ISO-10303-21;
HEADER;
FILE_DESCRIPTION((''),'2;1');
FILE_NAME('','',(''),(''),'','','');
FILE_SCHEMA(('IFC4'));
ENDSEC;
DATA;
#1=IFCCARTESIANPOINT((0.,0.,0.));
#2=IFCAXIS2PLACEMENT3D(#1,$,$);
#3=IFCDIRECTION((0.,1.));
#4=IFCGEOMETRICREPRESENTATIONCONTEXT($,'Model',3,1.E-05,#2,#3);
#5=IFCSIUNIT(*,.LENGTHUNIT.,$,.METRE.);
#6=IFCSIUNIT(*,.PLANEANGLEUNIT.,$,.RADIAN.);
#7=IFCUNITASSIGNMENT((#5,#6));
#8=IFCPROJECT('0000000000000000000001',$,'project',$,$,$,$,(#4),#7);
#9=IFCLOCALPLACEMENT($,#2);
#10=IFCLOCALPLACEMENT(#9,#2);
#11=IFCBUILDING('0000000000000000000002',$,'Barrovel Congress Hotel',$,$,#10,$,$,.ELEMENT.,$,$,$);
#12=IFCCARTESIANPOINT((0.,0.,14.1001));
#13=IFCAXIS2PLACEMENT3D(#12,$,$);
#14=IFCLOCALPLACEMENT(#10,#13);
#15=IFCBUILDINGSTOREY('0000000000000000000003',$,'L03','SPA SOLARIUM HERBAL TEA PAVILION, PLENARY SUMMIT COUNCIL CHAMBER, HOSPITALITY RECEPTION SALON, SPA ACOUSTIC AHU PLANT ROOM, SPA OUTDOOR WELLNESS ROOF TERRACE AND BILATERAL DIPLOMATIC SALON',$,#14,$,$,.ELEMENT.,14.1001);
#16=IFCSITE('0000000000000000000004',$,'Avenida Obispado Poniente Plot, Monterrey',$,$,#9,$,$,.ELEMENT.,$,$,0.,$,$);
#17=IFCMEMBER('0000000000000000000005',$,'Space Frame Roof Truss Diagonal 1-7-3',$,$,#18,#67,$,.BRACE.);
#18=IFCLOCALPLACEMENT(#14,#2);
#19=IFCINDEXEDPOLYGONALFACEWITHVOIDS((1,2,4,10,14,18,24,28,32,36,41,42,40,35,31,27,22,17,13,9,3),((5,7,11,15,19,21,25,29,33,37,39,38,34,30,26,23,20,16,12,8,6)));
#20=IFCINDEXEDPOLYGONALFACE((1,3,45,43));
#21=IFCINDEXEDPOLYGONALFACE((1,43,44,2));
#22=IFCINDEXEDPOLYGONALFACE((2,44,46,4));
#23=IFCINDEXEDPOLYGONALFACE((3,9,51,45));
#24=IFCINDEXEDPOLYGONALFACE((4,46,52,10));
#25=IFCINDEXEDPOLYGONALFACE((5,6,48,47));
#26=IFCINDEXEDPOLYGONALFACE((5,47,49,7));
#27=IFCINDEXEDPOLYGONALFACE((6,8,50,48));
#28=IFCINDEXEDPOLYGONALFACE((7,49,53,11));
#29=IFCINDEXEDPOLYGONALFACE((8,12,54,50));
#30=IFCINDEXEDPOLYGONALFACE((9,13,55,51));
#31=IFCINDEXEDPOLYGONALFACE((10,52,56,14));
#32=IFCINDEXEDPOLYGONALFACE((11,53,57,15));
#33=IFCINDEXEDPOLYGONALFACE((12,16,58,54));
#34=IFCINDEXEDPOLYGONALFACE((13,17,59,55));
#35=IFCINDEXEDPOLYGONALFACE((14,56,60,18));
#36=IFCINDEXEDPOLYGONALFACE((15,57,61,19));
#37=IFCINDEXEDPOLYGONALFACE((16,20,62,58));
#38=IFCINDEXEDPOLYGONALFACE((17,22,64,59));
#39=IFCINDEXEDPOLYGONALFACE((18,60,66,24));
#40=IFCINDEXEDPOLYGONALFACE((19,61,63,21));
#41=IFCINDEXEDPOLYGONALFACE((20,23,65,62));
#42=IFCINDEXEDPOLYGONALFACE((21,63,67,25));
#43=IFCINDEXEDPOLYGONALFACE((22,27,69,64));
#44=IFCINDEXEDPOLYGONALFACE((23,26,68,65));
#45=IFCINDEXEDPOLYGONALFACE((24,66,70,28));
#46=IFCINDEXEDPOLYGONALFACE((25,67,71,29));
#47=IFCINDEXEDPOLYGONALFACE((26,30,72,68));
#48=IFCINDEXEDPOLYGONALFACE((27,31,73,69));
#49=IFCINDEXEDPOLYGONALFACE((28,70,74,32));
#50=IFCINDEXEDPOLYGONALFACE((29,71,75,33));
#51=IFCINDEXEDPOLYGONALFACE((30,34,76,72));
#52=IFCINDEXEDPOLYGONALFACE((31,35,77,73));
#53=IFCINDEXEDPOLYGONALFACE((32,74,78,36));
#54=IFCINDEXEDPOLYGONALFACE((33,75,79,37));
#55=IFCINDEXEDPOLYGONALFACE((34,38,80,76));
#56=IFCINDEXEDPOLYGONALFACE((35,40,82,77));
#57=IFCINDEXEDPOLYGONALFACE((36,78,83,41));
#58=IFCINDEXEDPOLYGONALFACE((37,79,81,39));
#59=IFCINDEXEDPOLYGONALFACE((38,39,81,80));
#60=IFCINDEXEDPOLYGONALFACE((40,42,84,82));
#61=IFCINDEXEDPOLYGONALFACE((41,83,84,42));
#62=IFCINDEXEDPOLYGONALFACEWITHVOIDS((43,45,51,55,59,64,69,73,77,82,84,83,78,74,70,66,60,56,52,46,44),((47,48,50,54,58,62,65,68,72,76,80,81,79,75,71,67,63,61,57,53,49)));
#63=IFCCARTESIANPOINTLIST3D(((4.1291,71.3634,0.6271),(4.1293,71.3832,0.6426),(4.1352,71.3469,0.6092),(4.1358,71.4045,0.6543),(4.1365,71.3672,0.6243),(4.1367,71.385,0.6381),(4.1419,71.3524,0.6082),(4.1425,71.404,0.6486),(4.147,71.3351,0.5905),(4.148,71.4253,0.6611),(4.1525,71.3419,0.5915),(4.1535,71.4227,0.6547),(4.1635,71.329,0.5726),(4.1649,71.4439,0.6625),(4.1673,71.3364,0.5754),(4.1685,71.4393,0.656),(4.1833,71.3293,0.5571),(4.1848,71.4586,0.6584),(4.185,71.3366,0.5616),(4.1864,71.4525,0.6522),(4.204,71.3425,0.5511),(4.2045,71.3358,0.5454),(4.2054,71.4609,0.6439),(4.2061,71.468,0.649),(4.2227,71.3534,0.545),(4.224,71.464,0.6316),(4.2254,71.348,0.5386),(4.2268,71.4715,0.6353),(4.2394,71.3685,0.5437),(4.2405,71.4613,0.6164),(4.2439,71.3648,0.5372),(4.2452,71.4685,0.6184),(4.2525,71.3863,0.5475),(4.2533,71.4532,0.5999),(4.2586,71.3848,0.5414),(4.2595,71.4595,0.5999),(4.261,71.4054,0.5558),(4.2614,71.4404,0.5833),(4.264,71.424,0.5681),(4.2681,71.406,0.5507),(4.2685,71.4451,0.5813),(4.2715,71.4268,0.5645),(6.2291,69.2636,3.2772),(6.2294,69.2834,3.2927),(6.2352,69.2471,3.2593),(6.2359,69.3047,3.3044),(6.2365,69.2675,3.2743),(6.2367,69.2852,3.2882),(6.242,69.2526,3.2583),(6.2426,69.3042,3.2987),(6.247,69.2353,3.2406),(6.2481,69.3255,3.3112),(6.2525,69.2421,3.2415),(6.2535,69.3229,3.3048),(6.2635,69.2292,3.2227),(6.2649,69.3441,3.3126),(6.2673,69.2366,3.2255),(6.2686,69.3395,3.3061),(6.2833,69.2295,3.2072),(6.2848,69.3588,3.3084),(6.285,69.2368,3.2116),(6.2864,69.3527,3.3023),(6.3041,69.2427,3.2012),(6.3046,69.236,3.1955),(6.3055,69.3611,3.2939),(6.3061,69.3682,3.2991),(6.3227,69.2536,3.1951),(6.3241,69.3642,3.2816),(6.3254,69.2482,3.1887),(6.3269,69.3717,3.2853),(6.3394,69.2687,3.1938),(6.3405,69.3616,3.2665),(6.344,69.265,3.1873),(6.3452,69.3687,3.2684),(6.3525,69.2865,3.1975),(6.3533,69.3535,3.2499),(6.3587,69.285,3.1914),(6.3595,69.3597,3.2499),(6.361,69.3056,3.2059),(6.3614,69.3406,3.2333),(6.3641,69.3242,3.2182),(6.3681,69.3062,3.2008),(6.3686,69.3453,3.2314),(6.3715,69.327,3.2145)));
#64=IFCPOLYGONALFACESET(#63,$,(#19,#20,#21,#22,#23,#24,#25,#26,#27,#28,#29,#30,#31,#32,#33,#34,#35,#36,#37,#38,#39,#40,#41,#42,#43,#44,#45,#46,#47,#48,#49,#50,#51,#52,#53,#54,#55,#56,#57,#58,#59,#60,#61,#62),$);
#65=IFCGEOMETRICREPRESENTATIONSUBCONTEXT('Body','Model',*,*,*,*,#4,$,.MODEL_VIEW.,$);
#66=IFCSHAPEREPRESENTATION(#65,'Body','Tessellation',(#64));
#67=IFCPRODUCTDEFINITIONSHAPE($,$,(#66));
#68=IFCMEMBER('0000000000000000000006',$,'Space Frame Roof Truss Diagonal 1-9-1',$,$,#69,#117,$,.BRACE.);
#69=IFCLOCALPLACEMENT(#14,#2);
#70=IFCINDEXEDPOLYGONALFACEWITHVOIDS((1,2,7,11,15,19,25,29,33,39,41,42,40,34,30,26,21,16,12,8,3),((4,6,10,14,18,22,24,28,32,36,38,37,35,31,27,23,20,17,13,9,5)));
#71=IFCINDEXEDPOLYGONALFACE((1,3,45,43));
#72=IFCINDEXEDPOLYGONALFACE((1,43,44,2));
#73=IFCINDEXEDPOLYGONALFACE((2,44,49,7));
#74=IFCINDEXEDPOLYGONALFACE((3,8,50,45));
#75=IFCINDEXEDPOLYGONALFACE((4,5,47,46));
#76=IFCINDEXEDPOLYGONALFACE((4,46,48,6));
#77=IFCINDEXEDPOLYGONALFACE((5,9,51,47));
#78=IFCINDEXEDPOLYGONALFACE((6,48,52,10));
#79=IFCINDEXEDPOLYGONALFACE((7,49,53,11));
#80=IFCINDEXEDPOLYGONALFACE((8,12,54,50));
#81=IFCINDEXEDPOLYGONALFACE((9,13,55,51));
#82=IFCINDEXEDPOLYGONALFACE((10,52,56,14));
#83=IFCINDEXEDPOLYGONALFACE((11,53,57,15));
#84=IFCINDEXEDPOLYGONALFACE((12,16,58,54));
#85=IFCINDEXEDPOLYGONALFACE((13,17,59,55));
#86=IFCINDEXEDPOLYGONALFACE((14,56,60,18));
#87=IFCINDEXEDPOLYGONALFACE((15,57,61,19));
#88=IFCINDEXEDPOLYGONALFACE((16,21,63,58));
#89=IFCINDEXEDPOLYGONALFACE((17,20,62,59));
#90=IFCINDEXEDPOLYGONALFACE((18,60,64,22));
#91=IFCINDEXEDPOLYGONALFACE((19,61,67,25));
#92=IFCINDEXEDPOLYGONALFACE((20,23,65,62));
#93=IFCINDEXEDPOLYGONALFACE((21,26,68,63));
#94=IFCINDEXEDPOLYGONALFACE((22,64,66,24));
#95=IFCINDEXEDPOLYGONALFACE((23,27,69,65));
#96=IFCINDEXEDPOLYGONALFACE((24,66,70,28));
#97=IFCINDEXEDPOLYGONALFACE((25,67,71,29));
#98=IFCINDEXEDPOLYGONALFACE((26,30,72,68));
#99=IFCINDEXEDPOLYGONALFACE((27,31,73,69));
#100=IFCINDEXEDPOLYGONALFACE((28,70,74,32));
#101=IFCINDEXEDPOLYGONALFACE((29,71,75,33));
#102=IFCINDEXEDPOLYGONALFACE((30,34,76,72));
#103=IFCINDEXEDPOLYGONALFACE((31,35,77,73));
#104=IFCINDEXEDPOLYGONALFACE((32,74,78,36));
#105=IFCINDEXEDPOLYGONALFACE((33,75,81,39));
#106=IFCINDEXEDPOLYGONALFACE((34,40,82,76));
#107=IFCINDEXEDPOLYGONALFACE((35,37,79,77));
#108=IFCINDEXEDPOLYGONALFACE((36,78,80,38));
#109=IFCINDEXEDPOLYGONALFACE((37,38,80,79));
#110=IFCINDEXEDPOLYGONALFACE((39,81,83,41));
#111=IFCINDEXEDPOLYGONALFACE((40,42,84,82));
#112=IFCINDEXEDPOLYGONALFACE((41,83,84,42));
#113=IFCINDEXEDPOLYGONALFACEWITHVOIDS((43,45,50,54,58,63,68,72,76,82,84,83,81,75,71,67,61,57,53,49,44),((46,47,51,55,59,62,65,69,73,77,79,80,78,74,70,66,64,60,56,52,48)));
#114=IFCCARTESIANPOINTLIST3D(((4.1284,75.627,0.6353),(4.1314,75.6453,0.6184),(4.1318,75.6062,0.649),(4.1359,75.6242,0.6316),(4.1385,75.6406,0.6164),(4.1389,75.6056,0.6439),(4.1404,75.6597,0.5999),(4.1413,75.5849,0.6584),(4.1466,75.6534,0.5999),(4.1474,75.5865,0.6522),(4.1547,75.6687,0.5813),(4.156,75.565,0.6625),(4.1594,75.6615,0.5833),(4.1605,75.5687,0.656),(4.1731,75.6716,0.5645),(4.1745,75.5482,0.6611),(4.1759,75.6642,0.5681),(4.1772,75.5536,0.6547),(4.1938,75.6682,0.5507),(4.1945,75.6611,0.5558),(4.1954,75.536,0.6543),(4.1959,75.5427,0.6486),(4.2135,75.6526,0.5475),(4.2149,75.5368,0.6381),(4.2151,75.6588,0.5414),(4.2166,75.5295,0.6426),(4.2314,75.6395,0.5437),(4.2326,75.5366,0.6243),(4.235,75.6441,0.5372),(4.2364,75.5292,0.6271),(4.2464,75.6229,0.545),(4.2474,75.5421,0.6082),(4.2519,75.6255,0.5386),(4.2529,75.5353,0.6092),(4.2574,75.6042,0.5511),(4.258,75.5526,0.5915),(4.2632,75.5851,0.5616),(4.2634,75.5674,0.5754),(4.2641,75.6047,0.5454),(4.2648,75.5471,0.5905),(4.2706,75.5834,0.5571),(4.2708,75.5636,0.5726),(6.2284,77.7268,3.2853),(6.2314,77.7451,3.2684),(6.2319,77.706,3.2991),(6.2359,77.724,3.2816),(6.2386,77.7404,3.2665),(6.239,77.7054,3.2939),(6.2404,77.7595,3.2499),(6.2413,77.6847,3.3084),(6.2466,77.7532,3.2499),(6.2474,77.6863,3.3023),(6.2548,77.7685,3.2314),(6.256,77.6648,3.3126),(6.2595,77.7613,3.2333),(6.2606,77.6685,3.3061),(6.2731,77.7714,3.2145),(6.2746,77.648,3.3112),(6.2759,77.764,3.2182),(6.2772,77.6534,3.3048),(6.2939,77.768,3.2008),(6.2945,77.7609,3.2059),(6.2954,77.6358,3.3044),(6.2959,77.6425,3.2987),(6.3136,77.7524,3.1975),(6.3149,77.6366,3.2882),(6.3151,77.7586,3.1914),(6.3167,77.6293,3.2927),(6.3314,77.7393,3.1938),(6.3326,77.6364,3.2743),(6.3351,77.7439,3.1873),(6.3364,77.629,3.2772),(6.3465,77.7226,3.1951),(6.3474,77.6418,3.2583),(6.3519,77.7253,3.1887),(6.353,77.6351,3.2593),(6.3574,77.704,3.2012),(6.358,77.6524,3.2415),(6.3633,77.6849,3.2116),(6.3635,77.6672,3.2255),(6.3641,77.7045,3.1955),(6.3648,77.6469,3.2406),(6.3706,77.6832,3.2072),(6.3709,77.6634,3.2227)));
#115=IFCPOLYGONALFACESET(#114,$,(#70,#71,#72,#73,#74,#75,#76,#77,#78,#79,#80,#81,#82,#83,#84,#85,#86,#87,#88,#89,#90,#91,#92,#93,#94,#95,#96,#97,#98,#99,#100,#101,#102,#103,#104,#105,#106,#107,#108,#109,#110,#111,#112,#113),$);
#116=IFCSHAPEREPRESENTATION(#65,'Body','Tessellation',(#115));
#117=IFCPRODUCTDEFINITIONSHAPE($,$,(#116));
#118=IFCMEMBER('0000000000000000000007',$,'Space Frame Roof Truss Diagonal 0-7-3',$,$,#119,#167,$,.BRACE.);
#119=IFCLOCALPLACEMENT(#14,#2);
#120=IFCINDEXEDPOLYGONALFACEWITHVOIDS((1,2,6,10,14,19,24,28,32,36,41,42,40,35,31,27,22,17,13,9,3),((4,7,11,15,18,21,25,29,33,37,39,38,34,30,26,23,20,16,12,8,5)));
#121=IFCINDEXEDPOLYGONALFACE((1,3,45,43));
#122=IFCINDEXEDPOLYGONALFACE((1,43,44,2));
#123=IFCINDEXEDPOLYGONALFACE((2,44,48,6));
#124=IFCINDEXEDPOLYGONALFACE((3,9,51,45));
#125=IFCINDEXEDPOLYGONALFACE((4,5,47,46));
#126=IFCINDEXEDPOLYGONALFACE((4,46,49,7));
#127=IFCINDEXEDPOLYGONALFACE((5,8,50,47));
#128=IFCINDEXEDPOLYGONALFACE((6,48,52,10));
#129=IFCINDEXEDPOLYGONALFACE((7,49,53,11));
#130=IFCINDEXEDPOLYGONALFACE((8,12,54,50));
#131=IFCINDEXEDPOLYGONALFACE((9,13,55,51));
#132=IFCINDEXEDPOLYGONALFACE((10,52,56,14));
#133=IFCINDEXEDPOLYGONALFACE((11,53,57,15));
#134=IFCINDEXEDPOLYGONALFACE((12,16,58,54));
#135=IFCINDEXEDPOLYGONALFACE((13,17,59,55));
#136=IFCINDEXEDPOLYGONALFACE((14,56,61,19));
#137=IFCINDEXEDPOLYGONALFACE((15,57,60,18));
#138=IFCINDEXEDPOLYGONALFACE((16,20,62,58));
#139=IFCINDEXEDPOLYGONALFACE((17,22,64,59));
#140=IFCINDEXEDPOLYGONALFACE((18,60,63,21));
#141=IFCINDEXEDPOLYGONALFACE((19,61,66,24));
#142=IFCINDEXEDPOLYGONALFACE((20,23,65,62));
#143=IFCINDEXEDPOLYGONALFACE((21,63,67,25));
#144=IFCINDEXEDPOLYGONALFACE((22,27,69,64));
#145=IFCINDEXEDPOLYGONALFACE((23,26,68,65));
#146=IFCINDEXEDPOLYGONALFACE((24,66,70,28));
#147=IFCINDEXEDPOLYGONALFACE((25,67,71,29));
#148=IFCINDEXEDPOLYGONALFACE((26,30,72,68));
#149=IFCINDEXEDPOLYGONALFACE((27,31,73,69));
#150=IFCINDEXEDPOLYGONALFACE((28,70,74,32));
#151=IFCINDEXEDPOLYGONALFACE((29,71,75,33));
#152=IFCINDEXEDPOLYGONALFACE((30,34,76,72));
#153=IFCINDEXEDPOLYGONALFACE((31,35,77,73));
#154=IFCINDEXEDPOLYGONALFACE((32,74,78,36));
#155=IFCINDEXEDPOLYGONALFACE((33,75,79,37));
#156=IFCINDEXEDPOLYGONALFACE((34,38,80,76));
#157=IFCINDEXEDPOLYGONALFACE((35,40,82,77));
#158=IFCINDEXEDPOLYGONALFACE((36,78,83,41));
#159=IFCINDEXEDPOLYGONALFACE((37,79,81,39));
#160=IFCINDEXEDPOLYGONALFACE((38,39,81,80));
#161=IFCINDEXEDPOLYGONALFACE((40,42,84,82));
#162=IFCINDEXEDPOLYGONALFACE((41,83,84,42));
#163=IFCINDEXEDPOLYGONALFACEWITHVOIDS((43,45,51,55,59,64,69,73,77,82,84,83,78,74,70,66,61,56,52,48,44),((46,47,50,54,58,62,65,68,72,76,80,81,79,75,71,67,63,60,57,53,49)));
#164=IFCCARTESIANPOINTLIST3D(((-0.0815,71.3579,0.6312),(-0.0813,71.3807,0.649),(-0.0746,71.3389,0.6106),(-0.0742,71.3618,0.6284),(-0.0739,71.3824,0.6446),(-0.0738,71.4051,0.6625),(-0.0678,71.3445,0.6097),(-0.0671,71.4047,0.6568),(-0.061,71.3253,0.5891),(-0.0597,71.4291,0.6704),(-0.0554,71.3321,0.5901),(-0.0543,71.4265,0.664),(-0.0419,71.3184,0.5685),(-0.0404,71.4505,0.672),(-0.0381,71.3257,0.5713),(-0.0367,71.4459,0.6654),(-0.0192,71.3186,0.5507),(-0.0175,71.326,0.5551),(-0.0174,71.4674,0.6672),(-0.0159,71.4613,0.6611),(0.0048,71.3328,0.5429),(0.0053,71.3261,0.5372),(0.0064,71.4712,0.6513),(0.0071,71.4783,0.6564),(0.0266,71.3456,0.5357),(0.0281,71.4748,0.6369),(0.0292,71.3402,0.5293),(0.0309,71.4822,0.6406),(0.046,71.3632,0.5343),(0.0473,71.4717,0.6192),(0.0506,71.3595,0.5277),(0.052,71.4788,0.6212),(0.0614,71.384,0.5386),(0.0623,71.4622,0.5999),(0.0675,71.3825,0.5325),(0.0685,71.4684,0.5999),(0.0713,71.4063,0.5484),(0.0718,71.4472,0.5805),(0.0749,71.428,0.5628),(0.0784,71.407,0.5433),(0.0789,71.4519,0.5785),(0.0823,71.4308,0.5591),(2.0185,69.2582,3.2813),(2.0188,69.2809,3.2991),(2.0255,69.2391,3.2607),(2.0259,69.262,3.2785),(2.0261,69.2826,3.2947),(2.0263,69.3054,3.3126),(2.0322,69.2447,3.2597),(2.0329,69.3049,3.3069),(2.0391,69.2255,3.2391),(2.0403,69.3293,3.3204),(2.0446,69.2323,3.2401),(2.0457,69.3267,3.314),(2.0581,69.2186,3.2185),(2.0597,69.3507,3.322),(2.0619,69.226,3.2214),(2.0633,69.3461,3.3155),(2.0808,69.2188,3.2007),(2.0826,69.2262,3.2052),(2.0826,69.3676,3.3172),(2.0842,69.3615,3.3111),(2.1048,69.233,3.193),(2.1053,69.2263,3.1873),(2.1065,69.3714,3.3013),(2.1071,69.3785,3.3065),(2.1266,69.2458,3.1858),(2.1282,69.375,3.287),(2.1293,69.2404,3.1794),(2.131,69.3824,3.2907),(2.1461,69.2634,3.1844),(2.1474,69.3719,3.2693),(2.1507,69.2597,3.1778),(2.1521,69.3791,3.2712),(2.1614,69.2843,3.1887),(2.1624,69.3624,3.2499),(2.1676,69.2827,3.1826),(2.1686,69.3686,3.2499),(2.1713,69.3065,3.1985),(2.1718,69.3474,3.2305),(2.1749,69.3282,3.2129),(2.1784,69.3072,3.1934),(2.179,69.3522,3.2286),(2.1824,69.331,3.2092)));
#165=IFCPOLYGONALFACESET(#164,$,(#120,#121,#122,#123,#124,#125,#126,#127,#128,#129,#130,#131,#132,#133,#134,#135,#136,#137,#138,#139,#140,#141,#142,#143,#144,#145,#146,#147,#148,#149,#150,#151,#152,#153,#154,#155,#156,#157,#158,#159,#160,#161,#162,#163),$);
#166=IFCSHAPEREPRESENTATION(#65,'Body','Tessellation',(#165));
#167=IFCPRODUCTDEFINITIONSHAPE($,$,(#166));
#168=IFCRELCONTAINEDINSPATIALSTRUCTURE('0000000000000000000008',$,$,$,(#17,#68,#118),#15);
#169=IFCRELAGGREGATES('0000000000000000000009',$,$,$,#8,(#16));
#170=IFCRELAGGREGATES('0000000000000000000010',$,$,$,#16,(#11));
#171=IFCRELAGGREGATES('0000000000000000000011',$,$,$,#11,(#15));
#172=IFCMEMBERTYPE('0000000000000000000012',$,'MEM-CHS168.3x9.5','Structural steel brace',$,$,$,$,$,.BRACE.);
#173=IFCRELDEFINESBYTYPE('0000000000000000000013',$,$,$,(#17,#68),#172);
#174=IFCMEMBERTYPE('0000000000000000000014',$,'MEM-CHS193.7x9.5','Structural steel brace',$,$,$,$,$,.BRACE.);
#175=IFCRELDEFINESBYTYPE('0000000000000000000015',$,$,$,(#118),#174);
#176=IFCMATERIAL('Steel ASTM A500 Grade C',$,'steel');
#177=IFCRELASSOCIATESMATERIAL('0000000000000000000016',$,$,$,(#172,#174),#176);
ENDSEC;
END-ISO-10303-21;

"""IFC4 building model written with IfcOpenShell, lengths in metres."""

from ifc_helpers import new_model, si_unit, direction, frame, origin, origin_2d, place, context, subcontext, project, spatial, hollow_circle, extrude, material, material_profile, profile_set, type_object, element, save


model = new_model("IFC4")

# Units and contexts
model_context = context("Model", 3, precision=1e-05, world=origin(), true_north=direction((0.0, 1.0)))
body_context = subcontext(model_context, "Body", "Model", "MODEL_VIEW")
ifc_project = project(units=[si_unit("LENGTHUNIT", "METRE"), si_unit("PLANEANGLEUNIT", "RADIAN")], contexts=[model_context])

# Site, building, storey
site_placement = place(None, origin())
site = spatial("IfcSite", under=ifc_project, at=site_placement, Name="Avenida Obispado Poniente Plot, Monterrey", CompositionType="ELEMENT", RefElevation=0.0)
building_placement = place(site_placement, origin())
building = spatial("IfcBuilding", under=site, at=building_placement, Name="Barrovel Congress Hotel", CompositionType="ELEMENT")
storey_placement = place(building_placement, frame((0.0, 0.0, 14.1001)))
storey = spatial("IfcBuildingStorey", under=building, at=storey_placement, Name="L03", Description="SPA SOLARIUM HERBAL TEA PAVILION, PLENARY SUMMIT COUNCIL CHAMBER, HOSPITALITY RECEPTION SALON, SPA ACOUSTIC AHU PLANT ROOM, SPA OUTDOOR WELLNESS ROOF TERRACE AND BILATERAL DIPLOMATIC SALON", CompositionType="ELEMENT", Elevation=14.1001)

# Members
ifc_material_1 = material(Name="Steel ASTM A500 Grade C", Category="steel")
ifc_material_profile_1 = material_profile(ifc_material_1, hollow_circle(Radius=0.0842, WallThickness=0.0088, at=origin_2d()), Name="CHS168.3x9.5")
ifc_profile_set_1 = profile_set([ifc_material_profile_1], Name="Steel ASTM A500 Grade C")
member_type_1 = type_object("IfcMemberType", Name="MEM-CHS168.3x9.5", Description="Structural steel brace", PredefinedType="BRACE", material=ifc_profile_set_1)
for number, where, z_axis, x_axis, name in (
    (1, (4.2, 71.3999, 0.5999), (0.527618, -0.527557, 0.66581), (0.707066, 0.707148, 0.0), "Space Frame Roof Truss Diagonal 1-7-3"),
    (2, (4.2, 75.6001, 0.5999), (0.527618, 0.527557, 0.66581), (-0.707066, 0.707148, 0.0), "Space Frame Roof Truss Diagonal 1-9-1"),
):
    element("IfcMember", number, at=place(storey_placement, frame(where, z_axis=z_axis, x_axis=x_axis)), inside=storey, type_object=member_type_1, Name=name, PredefinedType="BRACE", context=body_context, shape_type="SweptSolid", body=[
        extrude(hollow_circle(Radius=0.0842, WallThickness=0.0088, at=origin_2d()), origin(), (0.0, 0.0, 1.0), 3.9802),
    ])
ifc_material_profile_2 = material_profile(ifc_material_1, hollow_circle(Radius=0.0969, WallThickness=0.0088, at=origin_2d()), Name="CHS193.7x9.5")
ifc_profile_set_2 = profile_set([ifc_material_profile_2], Name="Steel ASTM A500 Grade C")
member_type_2 = type_object("IfcMemberType", Name="MEM-CHS193.7x9.5", Description="Structural steel brace", PredefinedType="BRACE", material=ifc_profile_set_2)
for number, where, z_axis, x_axis, name in (
    (3, (0.0, 71.3999, 0.5999), (0.527618, -0.527557, 0.66581), (0.707066, 0.707148, 0.0), "Space Frame Roof Truss Diagonal 0-7-3"),
):
    element("IfcMember", number, at=place(storey_placement, frame(where, z_axis=z_axis, x_axis=x_axis)), inside=storey, type_object=member_type_2, Name=name, PredefinedType="BRACE", context=body_context, shape_type="SweptSolid", body=[
        extrude(hollow_circle(Radius=0.0969, WallThickness=0.0088, at=origin_2d()), origin(), (0.0, 0.0, 1.0), 3.9802),
    ])

save(model, "model.ifc")
